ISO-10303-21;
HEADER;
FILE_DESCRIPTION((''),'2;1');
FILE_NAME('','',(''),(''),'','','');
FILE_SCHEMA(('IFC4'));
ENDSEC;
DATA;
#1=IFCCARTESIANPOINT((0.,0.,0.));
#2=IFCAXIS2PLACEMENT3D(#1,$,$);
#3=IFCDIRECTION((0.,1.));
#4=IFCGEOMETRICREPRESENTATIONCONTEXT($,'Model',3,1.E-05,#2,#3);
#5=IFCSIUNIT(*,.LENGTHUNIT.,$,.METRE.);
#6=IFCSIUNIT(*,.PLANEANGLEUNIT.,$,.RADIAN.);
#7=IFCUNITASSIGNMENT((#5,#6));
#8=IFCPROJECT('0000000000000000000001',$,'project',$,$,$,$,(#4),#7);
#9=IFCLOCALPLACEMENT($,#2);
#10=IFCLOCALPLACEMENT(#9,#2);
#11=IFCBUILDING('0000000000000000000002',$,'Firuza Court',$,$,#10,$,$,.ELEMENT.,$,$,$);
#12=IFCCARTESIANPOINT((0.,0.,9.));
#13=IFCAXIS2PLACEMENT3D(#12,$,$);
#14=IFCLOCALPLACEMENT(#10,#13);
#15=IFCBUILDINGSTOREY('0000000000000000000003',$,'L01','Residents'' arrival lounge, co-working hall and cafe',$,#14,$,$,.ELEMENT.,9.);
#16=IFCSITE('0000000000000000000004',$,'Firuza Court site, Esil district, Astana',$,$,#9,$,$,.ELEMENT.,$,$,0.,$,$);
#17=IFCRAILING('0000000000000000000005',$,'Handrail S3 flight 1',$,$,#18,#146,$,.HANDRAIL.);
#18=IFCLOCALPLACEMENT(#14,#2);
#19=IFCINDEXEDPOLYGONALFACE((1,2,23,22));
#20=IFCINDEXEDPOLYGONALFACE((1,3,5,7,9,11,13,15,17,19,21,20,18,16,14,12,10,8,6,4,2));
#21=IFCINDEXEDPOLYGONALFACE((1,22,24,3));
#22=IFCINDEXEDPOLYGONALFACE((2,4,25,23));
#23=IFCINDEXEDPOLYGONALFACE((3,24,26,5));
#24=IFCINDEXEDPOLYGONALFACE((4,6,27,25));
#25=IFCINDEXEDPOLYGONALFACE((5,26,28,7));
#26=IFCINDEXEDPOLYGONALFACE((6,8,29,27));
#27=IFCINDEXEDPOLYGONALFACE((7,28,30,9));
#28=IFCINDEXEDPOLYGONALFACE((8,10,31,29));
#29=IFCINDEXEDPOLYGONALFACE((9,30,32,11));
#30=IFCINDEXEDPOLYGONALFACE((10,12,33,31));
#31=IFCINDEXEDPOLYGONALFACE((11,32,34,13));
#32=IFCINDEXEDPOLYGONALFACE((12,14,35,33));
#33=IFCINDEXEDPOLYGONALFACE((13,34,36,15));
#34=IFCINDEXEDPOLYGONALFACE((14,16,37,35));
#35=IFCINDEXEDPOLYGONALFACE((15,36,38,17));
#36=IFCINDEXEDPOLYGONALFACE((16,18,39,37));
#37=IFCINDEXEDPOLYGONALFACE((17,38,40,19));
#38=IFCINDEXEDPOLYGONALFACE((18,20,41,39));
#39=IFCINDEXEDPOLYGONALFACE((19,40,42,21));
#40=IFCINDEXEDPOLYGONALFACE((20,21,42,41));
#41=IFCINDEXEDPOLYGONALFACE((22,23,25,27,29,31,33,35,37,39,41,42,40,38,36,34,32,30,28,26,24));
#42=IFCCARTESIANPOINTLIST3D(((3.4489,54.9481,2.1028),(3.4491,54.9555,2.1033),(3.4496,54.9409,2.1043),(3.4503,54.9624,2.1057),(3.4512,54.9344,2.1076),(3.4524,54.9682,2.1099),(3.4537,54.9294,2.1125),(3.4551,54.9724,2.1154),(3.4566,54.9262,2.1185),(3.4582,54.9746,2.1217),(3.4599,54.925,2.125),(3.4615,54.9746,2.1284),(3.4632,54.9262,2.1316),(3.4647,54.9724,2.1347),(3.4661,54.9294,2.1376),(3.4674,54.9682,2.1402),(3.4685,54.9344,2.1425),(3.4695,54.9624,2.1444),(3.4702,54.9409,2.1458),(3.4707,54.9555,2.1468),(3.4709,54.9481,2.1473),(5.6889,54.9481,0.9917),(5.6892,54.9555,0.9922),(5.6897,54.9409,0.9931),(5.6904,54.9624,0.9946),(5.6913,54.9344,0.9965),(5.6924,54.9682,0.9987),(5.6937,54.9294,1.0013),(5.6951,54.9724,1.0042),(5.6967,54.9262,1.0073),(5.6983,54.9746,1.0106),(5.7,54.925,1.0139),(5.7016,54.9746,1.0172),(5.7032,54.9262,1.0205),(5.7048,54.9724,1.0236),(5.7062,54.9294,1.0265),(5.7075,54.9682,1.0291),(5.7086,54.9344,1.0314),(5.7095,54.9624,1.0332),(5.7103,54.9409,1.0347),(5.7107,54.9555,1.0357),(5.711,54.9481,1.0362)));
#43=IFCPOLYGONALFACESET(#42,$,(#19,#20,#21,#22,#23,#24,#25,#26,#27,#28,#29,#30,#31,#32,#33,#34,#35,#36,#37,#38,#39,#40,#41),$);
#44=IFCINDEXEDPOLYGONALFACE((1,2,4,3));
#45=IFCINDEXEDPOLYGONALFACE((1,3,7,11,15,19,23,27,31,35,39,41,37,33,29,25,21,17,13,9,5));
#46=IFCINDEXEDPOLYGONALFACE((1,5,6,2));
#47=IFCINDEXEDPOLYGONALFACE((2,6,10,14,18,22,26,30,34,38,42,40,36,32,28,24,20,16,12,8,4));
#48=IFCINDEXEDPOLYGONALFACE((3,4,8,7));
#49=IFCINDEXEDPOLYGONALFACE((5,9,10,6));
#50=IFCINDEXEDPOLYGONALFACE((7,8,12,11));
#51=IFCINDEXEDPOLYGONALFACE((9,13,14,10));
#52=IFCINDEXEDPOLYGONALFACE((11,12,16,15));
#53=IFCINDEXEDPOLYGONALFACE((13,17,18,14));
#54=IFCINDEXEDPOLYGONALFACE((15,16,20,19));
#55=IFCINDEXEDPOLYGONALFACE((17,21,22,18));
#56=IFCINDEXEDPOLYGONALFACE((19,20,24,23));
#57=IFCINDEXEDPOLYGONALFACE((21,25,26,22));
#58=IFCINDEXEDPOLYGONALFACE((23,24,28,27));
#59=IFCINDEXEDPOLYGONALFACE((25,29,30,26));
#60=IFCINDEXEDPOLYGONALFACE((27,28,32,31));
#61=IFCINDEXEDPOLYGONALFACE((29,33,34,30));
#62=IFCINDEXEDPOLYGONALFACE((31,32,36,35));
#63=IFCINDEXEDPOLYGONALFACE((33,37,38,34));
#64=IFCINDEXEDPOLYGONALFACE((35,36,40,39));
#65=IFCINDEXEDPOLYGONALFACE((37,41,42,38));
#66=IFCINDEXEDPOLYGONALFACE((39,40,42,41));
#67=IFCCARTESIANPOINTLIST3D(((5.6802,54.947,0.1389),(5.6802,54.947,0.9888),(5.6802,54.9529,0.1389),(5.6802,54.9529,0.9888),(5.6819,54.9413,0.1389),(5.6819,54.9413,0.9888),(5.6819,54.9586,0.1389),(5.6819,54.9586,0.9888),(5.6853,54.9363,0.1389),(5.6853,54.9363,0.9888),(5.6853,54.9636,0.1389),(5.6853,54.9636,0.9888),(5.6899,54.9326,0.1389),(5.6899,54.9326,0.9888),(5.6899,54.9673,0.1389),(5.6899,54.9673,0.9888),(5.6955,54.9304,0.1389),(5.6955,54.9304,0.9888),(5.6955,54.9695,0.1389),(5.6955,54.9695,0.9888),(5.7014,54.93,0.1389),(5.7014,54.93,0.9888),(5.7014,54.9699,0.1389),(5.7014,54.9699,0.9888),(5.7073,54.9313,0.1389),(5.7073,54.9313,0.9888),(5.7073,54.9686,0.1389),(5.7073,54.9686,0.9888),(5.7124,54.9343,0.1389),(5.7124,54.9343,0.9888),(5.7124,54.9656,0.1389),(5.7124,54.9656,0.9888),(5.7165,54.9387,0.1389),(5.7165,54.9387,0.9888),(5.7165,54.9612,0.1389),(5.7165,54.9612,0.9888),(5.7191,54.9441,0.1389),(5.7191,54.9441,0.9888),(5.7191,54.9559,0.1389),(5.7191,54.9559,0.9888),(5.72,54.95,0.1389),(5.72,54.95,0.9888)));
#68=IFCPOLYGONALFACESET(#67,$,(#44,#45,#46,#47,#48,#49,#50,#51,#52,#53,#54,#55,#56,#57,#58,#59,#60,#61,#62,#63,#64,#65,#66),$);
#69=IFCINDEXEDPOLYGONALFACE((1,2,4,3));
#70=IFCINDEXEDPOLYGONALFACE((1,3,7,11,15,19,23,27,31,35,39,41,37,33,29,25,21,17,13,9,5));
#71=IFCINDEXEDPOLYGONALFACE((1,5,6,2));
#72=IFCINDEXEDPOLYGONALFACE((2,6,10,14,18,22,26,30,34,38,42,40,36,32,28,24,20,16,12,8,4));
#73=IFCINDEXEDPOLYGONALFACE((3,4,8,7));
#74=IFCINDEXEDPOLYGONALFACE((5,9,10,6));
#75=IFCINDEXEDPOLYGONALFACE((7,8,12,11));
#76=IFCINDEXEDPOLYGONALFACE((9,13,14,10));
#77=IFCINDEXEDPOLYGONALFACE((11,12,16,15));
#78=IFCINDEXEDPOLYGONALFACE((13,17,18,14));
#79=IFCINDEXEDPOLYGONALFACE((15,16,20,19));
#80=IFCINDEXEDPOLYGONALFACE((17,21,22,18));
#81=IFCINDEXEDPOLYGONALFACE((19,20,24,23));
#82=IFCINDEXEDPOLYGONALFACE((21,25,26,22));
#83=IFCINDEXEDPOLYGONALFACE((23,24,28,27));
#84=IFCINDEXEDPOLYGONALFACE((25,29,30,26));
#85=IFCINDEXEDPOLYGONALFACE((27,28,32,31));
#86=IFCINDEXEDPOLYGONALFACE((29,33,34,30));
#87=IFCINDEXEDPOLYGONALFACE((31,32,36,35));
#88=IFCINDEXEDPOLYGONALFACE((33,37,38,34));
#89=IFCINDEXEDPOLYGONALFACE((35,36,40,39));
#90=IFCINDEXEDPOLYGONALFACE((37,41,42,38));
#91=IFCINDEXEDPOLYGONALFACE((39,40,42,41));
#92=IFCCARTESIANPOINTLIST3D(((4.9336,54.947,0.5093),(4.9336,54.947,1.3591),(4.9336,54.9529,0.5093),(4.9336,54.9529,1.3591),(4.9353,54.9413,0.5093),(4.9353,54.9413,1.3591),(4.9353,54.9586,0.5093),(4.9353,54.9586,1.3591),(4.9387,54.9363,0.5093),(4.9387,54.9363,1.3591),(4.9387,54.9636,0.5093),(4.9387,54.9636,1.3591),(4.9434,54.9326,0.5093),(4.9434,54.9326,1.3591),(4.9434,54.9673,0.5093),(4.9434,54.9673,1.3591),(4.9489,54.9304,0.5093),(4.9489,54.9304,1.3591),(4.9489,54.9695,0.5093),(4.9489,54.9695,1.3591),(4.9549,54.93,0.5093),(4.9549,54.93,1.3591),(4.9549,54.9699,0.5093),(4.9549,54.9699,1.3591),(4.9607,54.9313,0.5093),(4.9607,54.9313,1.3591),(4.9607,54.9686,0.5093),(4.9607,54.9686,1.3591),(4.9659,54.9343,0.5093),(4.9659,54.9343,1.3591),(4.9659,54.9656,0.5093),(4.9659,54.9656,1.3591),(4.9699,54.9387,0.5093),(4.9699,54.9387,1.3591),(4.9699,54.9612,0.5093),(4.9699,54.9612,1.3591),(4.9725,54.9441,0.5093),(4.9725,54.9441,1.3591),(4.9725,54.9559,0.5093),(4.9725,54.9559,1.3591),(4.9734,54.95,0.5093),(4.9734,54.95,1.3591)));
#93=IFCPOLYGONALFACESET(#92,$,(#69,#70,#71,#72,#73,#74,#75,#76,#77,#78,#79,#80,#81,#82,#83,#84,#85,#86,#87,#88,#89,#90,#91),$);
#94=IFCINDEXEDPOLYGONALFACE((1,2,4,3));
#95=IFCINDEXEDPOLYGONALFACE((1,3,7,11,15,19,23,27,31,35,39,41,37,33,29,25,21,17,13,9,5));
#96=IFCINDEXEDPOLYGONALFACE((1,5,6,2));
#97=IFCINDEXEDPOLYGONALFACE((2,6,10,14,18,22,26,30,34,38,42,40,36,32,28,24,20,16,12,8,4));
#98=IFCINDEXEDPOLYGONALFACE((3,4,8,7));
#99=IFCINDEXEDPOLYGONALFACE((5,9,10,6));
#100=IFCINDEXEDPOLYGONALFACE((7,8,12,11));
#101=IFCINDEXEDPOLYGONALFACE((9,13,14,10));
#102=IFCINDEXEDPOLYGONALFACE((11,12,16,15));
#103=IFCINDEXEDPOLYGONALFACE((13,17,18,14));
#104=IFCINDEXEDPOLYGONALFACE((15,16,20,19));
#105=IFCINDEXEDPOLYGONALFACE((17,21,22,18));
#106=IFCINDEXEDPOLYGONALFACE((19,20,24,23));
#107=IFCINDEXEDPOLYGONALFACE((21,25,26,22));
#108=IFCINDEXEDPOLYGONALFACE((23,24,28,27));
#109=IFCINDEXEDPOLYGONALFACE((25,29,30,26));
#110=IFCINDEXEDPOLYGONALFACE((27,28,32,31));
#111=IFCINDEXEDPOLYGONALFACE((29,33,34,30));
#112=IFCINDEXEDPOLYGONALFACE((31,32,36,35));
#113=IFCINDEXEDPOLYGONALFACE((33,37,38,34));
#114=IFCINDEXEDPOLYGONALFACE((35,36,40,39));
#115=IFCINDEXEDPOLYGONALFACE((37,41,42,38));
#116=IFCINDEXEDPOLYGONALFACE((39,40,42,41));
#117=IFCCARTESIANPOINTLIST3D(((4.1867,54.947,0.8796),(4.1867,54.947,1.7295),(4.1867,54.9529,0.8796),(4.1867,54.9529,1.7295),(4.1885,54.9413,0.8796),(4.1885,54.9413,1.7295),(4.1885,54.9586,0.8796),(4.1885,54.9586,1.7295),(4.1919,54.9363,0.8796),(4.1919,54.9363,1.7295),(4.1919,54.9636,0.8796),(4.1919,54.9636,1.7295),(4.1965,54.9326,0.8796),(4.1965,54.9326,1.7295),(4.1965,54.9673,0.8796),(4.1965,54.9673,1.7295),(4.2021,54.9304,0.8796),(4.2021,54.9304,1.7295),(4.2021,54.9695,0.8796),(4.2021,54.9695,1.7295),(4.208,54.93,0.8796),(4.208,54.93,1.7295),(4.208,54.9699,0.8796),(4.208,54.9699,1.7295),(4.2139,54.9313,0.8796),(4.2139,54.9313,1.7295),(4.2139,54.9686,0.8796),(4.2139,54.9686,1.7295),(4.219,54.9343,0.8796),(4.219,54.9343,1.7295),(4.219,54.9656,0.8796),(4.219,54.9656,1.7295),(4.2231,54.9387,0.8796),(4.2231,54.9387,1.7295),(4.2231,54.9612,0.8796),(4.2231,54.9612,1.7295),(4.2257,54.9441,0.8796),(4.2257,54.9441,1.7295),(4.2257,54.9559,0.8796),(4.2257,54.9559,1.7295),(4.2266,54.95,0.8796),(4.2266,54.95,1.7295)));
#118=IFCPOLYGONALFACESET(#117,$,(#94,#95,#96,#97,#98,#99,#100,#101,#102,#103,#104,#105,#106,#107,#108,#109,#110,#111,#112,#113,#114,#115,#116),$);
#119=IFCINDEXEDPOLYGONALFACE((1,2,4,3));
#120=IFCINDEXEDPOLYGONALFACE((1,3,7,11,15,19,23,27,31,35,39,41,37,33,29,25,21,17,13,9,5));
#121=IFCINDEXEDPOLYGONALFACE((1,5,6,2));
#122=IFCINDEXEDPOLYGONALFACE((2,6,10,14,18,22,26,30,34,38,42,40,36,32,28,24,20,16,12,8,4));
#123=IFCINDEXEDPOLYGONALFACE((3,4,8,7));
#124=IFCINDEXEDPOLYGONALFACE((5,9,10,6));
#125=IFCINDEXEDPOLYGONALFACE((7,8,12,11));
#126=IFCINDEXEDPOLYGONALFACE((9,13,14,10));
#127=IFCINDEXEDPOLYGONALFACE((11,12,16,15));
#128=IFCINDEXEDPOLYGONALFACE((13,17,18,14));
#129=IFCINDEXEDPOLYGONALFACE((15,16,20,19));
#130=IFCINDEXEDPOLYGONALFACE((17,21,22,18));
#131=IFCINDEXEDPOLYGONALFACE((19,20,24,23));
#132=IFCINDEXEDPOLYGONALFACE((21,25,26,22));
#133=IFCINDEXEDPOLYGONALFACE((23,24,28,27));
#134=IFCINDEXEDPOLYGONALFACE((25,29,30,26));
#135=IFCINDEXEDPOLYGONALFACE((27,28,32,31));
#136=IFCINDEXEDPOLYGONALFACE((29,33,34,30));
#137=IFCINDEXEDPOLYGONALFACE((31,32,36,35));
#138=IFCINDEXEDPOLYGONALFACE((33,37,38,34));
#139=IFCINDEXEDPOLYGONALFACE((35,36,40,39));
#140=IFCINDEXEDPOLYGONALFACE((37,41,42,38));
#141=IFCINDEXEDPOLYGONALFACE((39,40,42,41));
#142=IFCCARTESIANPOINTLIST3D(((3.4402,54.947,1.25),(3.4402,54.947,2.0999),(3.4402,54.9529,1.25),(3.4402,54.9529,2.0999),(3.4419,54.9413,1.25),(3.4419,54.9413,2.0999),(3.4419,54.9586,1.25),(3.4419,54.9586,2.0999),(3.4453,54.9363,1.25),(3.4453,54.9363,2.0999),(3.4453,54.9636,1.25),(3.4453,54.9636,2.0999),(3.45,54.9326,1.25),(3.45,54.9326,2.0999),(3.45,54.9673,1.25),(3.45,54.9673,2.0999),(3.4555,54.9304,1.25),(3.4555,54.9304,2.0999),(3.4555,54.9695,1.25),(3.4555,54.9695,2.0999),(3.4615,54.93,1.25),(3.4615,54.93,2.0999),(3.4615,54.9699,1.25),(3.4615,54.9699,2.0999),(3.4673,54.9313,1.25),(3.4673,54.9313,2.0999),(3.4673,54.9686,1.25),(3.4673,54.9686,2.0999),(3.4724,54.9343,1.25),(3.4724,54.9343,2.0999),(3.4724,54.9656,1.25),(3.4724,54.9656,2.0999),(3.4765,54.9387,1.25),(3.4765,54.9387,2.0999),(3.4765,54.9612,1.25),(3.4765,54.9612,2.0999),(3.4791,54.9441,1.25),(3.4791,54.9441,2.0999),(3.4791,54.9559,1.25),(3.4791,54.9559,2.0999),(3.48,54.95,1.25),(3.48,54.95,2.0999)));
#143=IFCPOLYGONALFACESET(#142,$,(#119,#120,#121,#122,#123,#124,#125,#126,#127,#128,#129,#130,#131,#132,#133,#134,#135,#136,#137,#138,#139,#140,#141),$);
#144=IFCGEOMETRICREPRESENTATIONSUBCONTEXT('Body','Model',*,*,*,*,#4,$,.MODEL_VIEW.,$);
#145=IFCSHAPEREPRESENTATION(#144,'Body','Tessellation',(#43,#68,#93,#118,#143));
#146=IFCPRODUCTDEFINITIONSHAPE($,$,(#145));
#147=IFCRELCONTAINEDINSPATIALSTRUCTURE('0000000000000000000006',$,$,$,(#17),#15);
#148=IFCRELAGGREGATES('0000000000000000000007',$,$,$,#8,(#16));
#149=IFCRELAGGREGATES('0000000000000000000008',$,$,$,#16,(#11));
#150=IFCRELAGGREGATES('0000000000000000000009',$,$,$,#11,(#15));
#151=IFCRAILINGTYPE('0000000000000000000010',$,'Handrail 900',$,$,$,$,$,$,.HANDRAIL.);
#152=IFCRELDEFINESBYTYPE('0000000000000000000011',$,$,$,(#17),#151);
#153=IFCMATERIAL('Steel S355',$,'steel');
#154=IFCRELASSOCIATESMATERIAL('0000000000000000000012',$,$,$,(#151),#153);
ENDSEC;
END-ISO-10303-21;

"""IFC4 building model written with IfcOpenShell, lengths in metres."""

from ifc_helpers import new_model, si_unit, direction, frame, origin, origin_2d, place, context, subcontext, project, spatial, circle, extrude, material, type_object, element, save


model = new_model("IFC4")

# Units and contexts
model_context = context("Model", 3, precision=1e-05, world=origin(), true_north=direction((0.0, 1.0)))
body_context = subcontext(model_context, "Body", "Model", "MODEL_VIEW")
ifc_project = project(units=[si_unit("LENGTHUNIT", "METRE"), si_unit("PLANEANGLEUNIT", "RADIAN")], contexts=[model_context])

# Site, building, storey
site_placement = place(None, origin())
site = spatial("IfcSite", under=ifc_project, at=site_placement, Name="Firuza Court site, Esil district, Astana", CompositionType="ELEMENT", RefElevation=0.0)
building_placement = place(site_placement, origin())
building = spatial("IfcBuilding", under=site, at=building_placement, Name="Firuza Court", CompositionType="ELEMENT")
storey_placement = place(building_placement, frame((0.0, 0.0, 9.0)))
storey = spatial("IfcBuildingStorey", under=building, at=storey_placement, Name="L01", Description="Residents' arrival lounge, co-working hall and cafe", CompositionType="ELEMENT", Elevation=9.0)

# Railing
ifc_material_1 = material(Name="Steel S355", Category="steel")
railing_type_1 = type_object("IfcRailingType", Name="Handrail 900", PredefinedType="HANDRAIL", material=ifc_material_1)
railing_1_placement = place(storey_placement, frame((5.7, 54.95, 0.1389)))
element("IfcRailing", 1, at=railing_1_placement, inside=storey, type_object=railing_type_1, Name="Handrail S3 flight 1", PredefinedType="HANDRAIL", context=body_context, shape_type="SweptSolid", body=[
    extrude(circle(Radius=0.0249, at=origin_2d()), frame((0.0, 0.0, 0.875), z_axis=(-0.895848, 0.0, 0.44436), x_axis=(0.0, -1.0, 0.0)), (0.0, 0.0, 1.0), 2.5005),
    extrude(circle(Radius=0.02, at=origin_2d()), origin(), (0.0, 0.0, 1.0), 0.8499),
    extrude(circle(Radius=0.02, at=origin_2d()), frame((-0.7466, 0.0, 0.3704)), (0.0, 0.0, 1.0), 0.8499),
    extrude(circle(Radius=0.02, at=origin_2d()), frame((-1.4934, 0.0, 0.7407)), (0.0, 0.0, 1.0), 0.8499),
    extrude(circle(Radius=0.02, at=origin_2d()), frame((-2.24, 0.0, 1.1111)), (0.0, 0.0, 1.0), 0.8499),
])

save(model, "model.ifc")
